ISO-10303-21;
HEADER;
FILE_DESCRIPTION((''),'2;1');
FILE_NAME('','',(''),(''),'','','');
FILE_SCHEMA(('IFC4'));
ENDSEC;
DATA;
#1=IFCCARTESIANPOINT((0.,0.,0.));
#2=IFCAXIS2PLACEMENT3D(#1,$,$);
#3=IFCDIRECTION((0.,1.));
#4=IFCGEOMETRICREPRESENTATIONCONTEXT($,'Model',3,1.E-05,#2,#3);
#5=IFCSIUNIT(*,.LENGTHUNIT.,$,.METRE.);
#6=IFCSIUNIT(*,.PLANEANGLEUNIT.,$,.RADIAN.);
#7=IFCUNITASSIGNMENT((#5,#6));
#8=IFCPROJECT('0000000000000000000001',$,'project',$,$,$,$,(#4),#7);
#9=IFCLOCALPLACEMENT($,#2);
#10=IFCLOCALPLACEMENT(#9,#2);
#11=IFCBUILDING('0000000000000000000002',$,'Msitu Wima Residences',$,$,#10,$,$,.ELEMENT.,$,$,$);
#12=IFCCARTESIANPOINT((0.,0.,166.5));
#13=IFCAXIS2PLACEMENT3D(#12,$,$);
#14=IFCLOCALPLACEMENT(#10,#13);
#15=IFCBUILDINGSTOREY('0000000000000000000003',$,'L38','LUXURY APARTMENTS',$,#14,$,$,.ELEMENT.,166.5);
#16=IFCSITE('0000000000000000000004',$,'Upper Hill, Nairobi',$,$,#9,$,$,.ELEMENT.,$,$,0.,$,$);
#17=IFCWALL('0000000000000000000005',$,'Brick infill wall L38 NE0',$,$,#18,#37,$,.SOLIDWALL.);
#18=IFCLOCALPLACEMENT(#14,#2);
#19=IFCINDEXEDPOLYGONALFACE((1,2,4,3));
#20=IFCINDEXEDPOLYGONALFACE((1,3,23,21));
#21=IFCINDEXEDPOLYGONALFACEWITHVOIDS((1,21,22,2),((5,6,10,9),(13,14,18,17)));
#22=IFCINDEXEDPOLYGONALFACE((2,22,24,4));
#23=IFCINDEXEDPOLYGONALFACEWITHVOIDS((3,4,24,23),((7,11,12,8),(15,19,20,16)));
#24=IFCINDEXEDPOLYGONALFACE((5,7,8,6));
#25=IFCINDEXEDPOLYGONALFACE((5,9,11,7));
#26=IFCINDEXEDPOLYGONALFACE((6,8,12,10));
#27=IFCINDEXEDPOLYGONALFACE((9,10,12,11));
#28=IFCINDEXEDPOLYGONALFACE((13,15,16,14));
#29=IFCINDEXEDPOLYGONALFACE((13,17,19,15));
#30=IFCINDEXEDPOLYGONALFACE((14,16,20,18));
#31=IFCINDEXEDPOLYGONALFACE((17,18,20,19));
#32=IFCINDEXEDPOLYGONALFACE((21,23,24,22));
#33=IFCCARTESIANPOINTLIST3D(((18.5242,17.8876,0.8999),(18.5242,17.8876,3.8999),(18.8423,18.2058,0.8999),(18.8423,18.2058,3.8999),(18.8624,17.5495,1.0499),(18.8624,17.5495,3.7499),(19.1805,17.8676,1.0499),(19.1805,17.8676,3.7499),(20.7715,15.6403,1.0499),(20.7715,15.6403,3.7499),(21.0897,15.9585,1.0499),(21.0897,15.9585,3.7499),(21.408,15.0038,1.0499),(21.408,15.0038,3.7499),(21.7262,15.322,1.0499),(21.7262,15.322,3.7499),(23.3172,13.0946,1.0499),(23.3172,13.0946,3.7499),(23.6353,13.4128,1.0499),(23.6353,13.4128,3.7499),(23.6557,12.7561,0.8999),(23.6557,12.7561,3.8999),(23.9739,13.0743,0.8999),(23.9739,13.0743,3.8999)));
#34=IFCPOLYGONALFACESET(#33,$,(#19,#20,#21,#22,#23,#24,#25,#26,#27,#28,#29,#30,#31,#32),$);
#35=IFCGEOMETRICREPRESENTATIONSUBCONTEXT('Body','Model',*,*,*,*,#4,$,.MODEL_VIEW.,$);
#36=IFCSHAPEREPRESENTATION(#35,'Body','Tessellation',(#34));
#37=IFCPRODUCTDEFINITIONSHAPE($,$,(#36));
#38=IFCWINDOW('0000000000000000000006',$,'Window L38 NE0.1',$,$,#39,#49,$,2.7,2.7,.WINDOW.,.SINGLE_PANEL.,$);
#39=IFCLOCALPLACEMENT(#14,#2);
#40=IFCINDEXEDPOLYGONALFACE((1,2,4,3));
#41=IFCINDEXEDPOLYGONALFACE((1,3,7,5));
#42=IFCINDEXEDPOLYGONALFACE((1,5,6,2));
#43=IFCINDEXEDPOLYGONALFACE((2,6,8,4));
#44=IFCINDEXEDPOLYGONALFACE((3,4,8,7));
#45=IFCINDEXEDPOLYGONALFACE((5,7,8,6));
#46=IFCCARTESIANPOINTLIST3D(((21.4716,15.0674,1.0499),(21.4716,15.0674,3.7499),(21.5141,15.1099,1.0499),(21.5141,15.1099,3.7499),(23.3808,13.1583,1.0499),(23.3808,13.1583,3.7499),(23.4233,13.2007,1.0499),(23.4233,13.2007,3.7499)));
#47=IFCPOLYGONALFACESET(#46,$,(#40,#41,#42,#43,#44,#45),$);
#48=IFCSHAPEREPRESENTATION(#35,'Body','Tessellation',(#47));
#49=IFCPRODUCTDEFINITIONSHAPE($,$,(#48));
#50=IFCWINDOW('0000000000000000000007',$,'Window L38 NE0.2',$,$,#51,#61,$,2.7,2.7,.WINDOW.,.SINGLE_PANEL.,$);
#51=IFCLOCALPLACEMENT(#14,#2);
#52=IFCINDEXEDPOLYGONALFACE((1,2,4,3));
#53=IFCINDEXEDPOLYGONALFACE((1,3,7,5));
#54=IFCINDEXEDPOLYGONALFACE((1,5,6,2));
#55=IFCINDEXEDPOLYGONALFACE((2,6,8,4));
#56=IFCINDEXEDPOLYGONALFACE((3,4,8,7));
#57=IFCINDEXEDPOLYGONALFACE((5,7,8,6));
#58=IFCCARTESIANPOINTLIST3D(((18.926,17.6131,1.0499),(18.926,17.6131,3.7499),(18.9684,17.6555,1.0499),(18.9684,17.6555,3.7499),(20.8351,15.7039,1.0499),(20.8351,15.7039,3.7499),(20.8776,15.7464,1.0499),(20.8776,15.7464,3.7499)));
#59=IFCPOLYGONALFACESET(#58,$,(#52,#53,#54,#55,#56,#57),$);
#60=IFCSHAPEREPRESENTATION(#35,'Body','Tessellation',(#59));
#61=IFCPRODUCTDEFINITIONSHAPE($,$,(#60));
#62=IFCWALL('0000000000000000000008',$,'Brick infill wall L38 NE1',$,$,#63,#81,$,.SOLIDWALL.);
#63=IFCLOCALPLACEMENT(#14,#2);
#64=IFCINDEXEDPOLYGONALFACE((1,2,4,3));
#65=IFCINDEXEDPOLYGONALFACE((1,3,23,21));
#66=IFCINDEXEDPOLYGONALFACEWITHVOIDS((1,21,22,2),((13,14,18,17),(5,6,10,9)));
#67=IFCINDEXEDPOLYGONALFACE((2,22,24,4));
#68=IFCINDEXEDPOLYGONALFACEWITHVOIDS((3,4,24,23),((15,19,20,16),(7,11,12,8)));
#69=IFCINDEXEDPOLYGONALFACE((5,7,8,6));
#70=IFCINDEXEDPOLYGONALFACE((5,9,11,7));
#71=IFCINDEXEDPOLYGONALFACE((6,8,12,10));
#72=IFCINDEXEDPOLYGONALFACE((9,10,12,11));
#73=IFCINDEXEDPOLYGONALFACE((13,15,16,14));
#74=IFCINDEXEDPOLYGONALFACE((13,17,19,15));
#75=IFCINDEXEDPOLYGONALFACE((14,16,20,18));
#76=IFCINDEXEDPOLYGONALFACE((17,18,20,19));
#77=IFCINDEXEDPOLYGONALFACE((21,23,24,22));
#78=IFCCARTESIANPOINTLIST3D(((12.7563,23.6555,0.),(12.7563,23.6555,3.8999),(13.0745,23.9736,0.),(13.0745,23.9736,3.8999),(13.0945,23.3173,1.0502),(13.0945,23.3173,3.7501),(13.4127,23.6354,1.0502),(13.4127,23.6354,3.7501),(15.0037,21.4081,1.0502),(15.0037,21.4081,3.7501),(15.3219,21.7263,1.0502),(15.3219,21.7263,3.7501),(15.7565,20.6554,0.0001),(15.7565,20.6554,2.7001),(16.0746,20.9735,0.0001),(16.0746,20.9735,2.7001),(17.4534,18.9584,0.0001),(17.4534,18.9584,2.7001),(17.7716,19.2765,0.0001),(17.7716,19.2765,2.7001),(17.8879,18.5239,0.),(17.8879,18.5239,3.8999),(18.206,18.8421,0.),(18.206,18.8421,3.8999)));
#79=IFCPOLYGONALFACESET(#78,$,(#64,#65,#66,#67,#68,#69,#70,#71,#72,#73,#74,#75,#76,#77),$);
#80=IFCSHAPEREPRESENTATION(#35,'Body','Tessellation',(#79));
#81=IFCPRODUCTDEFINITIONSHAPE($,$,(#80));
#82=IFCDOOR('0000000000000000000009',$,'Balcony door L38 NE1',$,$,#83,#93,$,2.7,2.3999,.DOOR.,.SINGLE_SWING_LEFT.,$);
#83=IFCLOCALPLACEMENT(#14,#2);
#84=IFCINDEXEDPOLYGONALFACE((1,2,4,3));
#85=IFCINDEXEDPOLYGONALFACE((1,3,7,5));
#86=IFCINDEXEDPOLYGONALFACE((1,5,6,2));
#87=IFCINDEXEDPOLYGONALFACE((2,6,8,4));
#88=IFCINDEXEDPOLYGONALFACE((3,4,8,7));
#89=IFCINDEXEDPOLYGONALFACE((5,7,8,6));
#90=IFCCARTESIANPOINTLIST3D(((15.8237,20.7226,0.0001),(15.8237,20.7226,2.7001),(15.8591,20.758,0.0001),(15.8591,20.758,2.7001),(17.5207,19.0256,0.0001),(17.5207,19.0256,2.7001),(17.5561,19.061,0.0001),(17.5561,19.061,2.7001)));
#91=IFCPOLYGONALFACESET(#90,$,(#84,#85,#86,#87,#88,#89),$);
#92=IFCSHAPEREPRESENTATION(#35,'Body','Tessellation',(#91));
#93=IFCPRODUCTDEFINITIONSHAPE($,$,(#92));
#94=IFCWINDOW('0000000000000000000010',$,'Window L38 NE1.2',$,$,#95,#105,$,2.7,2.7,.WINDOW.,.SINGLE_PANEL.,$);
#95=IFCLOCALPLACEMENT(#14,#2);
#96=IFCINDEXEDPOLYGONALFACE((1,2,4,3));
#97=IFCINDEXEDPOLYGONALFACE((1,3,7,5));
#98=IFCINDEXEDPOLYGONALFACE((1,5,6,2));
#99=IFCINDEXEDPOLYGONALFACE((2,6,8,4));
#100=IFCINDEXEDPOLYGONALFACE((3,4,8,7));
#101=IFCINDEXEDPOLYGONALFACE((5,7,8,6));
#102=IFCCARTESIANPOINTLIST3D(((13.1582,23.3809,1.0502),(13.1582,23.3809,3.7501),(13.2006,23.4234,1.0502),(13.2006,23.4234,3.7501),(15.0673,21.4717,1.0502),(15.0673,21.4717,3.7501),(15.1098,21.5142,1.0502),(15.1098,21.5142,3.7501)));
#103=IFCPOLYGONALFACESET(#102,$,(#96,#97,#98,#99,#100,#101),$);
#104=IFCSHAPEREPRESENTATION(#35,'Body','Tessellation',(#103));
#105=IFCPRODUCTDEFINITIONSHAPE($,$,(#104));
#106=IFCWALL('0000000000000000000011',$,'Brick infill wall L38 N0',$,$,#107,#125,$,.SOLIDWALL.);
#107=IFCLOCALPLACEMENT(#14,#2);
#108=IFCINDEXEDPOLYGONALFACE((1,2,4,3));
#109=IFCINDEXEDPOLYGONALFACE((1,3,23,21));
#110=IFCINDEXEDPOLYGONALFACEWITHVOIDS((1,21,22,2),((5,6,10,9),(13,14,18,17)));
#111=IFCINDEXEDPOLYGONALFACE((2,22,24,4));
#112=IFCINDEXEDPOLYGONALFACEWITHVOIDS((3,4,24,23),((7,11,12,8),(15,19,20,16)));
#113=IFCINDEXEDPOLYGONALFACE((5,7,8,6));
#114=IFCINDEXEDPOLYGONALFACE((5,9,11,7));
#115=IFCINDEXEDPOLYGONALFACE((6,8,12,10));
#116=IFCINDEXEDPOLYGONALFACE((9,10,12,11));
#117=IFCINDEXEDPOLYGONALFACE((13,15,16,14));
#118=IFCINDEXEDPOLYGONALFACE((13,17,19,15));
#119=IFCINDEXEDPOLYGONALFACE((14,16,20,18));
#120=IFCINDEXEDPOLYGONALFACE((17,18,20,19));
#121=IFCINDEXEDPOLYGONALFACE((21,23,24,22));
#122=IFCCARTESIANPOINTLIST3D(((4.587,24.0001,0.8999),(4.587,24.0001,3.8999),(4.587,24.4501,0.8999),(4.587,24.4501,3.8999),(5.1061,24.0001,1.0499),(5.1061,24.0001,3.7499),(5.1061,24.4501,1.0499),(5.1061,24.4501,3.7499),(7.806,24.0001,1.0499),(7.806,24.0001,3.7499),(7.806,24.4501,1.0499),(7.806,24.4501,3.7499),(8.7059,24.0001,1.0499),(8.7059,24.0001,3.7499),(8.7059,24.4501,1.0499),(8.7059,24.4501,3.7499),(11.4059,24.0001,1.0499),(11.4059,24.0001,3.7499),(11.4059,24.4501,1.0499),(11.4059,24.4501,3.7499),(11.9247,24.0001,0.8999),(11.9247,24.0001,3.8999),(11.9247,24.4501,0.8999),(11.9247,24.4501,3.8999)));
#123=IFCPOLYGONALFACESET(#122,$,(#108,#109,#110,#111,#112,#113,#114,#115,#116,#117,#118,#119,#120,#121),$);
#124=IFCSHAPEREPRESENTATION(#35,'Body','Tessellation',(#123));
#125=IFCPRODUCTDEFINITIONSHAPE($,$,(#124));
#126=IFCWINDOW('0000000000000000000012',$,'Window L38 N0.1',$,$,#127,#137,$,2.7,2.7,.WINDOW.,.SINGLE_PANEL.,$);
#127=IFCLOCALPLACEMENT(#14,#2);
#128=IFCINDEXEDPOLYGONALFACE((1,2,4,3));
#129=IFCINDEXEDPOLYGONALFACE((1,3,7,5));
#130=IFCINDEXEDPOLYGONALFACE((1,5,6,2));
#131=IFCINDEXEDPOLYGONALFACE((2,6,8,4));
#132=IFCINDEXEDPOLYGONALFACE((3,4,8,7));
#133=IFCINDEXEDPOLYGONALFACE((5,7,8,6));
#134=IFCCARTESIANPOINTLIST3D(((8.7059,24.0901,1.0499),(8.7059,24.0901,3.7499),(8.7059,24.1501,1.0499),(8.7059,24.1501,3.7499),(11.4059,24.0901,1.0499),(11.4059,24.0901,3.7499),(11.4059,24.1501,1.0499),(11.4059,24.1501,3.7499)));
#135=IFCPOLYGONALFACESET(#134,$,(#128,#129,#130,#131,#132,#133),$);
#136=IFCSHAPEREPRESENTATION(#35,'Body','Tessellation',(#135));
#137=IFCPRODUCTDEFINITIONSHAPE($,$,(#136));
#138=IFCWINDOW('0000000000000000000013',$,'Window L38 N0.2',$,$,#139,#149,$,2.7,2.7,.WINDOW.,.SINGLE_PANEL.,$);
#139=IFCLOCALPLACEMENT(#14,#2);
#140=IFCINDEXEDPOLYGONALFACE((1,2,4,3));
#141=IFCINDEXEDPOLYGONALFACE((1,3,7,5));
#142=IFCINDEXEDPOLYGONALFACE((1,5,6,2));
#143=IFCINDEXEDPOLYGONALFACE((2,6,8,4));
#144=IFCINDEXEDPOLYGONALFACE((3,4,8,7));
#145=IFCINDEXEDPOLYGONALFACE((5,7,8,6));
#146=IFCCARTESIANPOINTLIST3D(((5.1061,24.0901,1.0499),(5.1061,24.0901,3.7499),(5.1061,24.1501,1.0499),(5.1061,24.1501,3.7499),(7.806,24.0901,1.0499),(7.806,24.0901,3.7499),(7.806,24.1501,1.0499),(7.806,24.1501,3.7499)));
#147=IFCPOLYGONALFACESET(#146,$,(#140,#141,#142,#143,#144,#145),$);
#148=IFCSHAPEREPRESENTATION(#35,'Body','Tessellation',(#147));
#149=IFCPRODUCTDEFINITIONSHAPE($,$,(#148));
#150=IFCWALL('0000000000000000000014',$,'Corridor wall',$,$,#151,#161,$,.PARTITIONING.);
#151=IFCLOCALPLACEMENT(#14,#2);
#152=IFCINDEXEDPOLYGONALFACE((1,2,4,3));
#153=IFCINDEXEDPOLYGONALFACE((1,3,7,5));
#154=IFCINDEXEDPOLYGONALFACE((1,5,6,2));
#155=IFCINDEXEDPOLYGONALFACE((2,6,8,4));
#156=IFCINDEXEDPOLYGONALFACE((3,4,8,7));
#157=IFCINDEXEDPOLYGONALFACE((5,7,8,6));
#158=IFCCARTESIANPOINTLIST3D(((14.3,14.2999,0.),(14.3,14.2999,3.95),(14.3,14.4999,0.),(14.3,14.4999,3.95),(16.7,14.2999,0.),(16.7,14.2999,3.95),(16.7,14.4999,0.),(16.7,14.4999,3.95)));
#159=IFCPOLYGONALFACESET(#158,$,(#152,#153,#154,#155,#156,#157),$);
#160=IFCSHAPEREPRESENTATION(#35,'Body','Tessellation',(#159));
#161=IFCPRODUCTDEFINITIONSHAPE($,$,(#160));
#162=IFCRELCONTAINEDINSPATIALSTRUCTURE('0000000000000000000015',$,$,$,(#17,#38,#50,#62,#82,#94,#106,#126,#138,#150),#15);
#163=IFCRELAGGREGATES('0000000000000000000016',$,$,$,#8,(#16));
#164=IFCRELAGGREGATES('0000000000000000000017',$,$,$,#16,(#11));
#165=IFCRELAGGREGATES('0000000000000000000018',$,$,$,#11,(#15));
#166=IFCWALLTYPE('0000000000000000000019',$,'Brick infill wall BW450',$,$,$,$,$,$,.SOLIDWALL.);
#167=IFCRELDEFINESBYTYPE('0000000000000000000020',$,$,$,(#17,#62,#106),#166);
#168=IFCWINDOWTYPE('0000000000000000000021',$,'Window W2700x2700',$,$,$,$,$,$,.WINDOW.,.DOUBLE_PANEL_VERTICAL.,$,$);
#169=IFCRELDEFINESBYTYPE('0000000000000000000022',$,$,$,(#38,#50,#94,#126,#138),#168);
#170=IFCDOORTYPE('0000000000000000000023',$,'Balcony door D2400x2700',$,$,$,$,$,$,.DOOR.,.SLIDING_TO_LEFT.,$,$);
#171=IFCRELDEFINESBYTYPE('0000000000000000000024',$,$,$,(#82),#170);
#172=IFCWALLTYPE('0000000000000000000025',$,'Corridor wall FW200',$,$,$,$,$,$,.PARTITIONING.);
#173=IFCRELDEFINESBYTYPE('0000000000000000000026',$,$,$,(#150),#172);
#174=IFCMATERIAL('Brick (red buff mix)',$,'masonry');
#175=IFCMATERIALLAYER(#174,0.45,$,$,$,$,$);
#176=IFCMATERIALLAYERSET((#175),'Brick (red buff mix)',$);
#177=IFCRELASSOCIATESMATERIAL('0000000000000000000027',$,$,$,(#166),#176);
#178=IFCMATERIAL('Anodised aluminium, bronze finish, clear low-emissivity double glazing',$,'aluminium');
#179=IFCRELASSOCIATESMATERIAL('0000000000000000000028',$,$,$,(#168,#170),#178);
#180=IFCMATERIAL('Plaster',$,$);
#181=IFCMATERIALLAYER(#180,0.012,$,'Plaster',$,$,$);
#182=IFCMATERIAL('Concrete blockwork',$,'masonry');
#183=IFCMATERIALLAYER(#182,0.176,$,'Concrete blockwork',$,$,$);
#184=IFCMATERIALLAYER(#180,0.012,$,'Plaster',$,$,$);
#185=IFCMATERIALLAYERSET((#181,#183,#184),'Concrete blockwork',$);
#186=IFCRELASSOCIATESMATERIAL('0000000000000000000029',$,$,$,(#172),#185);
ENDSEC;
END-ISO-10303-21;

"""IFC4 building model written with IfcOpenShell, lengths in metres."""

from ifc_helpers import new_model, si_unit, direction, frame, frame_2d, origin, place, context, subcontext, project, spatial, rectangle, extrude, material, layer, layer_set, type_object, element, fill, save


model = new_model("IFC4")

# Units and contexts
model_context = context("Model", 3, precision=1e-05, world=origin(), true_north=direction((0.0, 1.0)))
body_context = subcontext(model_context, "Body", "Model", "MODEL_VIEW")
ifc_project = project(units=[si_unit("LENGTHUNIT", "METRE"), si_unit("PLANEANGLEUNIT", "RADIAN")], contexts=[model_context])

# Site, building, storey
site_placement = place(None, origin())
site = spatial("IfcSite", under=ifc_project, at=site_placement, Name="Upper Hill, Nairobi", CompositionType="ELEMENT", RefElevation=0.0)
building_placement = place(site_placement, origin())
building = spatial("IfcBuilding", under=site, at=building_placement, Name="Msitu Wima Residences", CompositionType="ELEMENT")
storey_placement = place(building_placement, frame((0.0, 0.0, 166.5)))
storey = spatial("IfcBuildingStorey", under=building, at=storey_placement, Name="L38", Description="LUXURY APARTMENTS", CompositionType="ELEMENT", Elevation=166.5)

# Wall, openings, windows
ifc_material_1 = material(Name="Brick (red buff mix)", Category="masonry")
ifc_layer_1 = layer(ifc_material_1, 0.45)
ifc_layer_set_1 = layer_set([ifc_layer_1], Name="Brick (red buff mix)")
wall_type_1 = type_object("IfcWallType", Name="Brick infill wall BW450", PredefinedType="SOLIDWALL", material=ifc_layer_set_1)
wall_1_placement = place(storey_placement, frame((23.8147, 12.9153, 0.8999), z_axis=(0.0, 0.0, 1.0), x_axis=(-0.707107, 0.707107, 0.0)))
wall_1 = element("IfcWall", 1, at=wall_1_placement, inside=storey, type_object=wall_type_1, Name="Brick infill wall L38 NE0", PredefinedType="SOLIDWALL", context=body_context, shape_type="SweptSolid", body=[
    extrude(rectangle(XDim=7.2571, YDim=0.45, at=frame_2d((3.6284, 0.0))), origin(), (0.0, 0.0, 1.0), 3.0),
])
opening_1_placement = place(wall_1_placement, frame((0.4785, 0.0, 0.1499)))
opening_1 = element("IfcOpeningElement", 2, at=opening_1_placement, cuts=wall_1, PredefinedType="OPENING", context=body_context, shape_type="SweptSolid", body=[
    extrude(rectangle(XDim=2.7, YDim=2.7, at=frame_2d((1.3501, 1.3501))), frame((0.0, 0.2349, 0.0), z_axis=(0.0, -1.0, 0.0), x_axis=(1.0, 0.0, 0.0)), (0.0, 0.0, 1.0), 0.47),
])
opening_2_placement = place(wall_1_placement, frame((4.0786, 0.0, 0.1499)))
opening_2 = element("IfcOpeningElement", 3, at=opening_2_placement, cuts=wall_1, PredefinedType="OPENING", context=body_context, shape_type="SweptSolid", body=[
    extrude(rectangle(XDim=2.7, YDim=2.7, at=frame_2d((1.3501, 1.3501))), frame((0.0, 0.2349, 0.0), z_axis=(0.0, -1.0, 0.0), x_axis=(1.0, 0.0, 0.0)), (0.0, 0.0, 1.0), 0.47),
])
ifc_material_2 = material(Name="Anodised aluminium, bronze finish, clear low-emissivity double glazing", Category="aluminium")
window_type = type_object("IfcWindowType", Name="Window W2700x2700", PartitioningType="DOUBLE_PANEL_VERTICAL", PredefinedType="WINDOW", material=ifc_material_2)
window_1_placement = place(opening_1_placement, origin())
window_1 = element("IfcWindow", 4, at=window_1_placement, inside=storey, type_object=window_type, Name="Window L38 NE0.1", OverallHeight=2.7, OverallWidth=2.7, PartitioningType="SINGLE_PANEL", PredefinedType="WINDOW", context=body_context, shape_type="SweptSolid", body=[
    extrude(rectangle(XDim=2.7, YDim=2.7, at=frame_2d((1.3501, 1.3501))), frame((0.0, 0.135, 0.0), z_axis=(0.0, -1.0, 0.0), x_axis=(1.0, 0.0, 0.0)), (0.0, 0.0, 1.0), 0.0601),
])
fill(opening_1, window_1)
window_2_placement = place(opening_2_placement, origin())
window_2 = element("IfcWindow", 5, at=window_2_placement, inside=storey, type_object=window_type, Name="Window L38 NE0.2", OverallHeight=2.7, OverallWidth=2.7, PartitioningType="SINGLE_PANEL", PredefinedType="WINDOW", context=body_context, shape_type="SweptSolid", body=[
    extrude(rectangle(XDim=2.7, YDim=2.7, at=frame_2d((1.3501, 1.3501))), frame((0.0, 0.135, 0.0), z_axis=(0.0, -1.0, 0.0), x_axis=(1.0, 0.0, 0.0)), (0.0, 0.0, 1.0), 0.0601),
])
fill(opening_2, window_2)

# Wall, openings, door, window
wall_2_placement = place(storey_placement, frame((18.0469, 18.6831, 0.0), z_axis=(0.0, 0.0, 1.0), x_axis=(-0.707107, 0.707107, 0.0)))
wall_2 = element("IfcWall", 6, at=wall_2_placement, inside=storey, type_object=wall_type_1, Name="Brick infill wall L38 NE1", PredefinedType="SOLIDWALL", context=body_context, shape_type="SweptSolid", body=[
    extrude(rectangle(XDim=7.2571, YDim=0.45, at=frame_2d((3.6284, 0.0))), origin(), (0.0, 0.0, 1.0), 3.8999),
])
opening_3_placement = place(wall_2_placement, frame((0.6143, 0.0, 0.0)))
opening_3 = element("IfcOpeningElement", 7, at=opening_3_placement, cuts=wall_2, PredefinedType="OPENING", context=body_context, shape_type="SweptSolid", body=[
    extrude(rectangle(XDim=2.3999, YDim=2.7, at=frame_2d((1.2, 1.3501))), frame((0.0, 0.2349, 0.0), z_axis=(0.0, -1.0, 0.0), x_axis=(1.0, 0.0, 0.0)), (0.0, 0.0, 1.0), 0.47),
])
opening_4_placement = place(wall_2_placement, frame((4.0786, 0.0, 1.05)))
opening_4 = element("IfcOpeningElement", 8, at=opening_4_placement, cuts=wall_2, PredefinedType="OPENING", context=body_context, shape_type="SweptSolid", body=[
    extrude(rectangle(XDim=2.7, YDim=2.7, at=frame_2d((1.3501, 1.3501))), frame((0.0, 0.2349, 0.0), z_axis=(0.0, -1.0, 0.0), x_axis=(1.0, 0.0, 0.0)), (0.0, 0.0, 1.0), 0.47),
])
door_type_1 = type_object("IfcDoorType", Name="Balcony door D2400x2700", OperationType="SLIDING_TO_LEFT", PredefinedType="DOOR", material=ifc_material_2)
door_1_placement = place(opening_3_placement, origin())
door_1 = element("IfcDoor", 9, at=door_1_placement, inside=storey, type_object=door_type_1, Name="Balcony door L38 NE1", OperationType="SINGLE_SWING_LEFT", OverallHeight=2.7, OverallWidth=2.3999, PredefinedType="DOOR", context=body_context, shape_type="SweptSolid", body=[
    extrude(rectangle(XDim=2.3999, YDim=2.7, at=frame_2d((1.2, 1.3501))), frame((0.0, 0.1299, 0.0), z_axis=(0.0, -1.0, 0.0), x_axis=(1.0, 0.0, 0.0)), (0.0, 0.0, 1.0), 0.05),
])
fill(opening_3, door_1)
window_3_placement = place(opening_4_placement, origin())
window_3 = element("IfcWindow", 10, at=window_3_placement, inside=storey, type_object=window_type, Name="Window L38 NE1.2", OverallHeight=2.7, OverallWidth=2.7, PartitioningType="SINGLE_PANEL", PredefinedType="WINDOW", context=body_context, shape_type="SweptSolid", body=[
    extrude(rectangle(XDim=2.7, YDim=2.7, at=frame_2d((1.3501, 1.3501))), frame((0.0, 0.135, 0.0), z_axis=(0.0, -1.0, 0.0), x_axis=(1.0, 0.0, 0.0)), (0.0, 0.0, 1.0), 0.0601),
])
fill(opening_4, window_3)

# Wall, openings, windows
wall_3_placement = place(storey_placement, frame((11.9248, 24.2251, 0.8999), z_axis=(0.0, 0.0, 1.0), x_axis=(-1.0, 0.0, 0.0)))
wall_3 = element("IfcWall", 11, at=wall_3_placement, inside=storey, type_object=wall_type_1, Name="Brick infill wall L38 N0", PredefinedType="SOLIDWALL", context=body_context, shape_type="SweptSolid", body=[
    extrude(rectangle(XDim=7.3376, YDim=0.45, at=frame_2d((3.6689, 0.0))), origin(), (0.0, 0.0, 1.0), 3.0),
])
opening_5_placement = place(wall_3_placement, frame((0.5188, 0.0, 0.1499)))
opening_5 = element("IfcOpeningElement", 12, at=opening_5_placement, cuts=wall_3, PredefinedType="OPENING", context=body_context, shape_type="SweptSolid", body=[
    extrude(rectangle(XDim=2.7, YDim=2.7, at=frame_2d((1.3501, 1.3501))), frame((0.0, 0.2349, 0.0), z_axis=(0.0, -1.0, 0.0), x_axis=(1.0, 0.0, 0.0)), (0.0, 0.0, 1.0), 0.47),
])
opening_6_placement = place(wall_3_placement, frame((4.1187, 0.0, 0.1499)))
opening_6 = element("IfcOpeningElement", 13, at=opening_6_placement, cuts=wall_3, PredefinedType="OPENING", context=body_context, shape_type="SweptSolid", body=[
    extrude(rectangle(XDim=2.7, YDim=2.7, at=frame_2d((1.3501, 1.3501))), frame((0.0, 0.2349, 0.0), z_axis=(0.0, -1.0, 0.0), x_axis=(1.0, 0.0, 0.0)), (0.0, 0.0, 1.0), 0.47),
])
window_4_placement = place(opening_5_placement, origin())
window_4 = element("IfcWindow", 14, at=window_4_placement, inside=storey, type_object=window_type, Name="Window L38 N0.1", OverallHeight=2.7, OverallWidth=2.7, PartitioningType="SINGLE_PANEL", PredefinedType="WINDOW", context=body_context, shape_type="SweptSolid", body=[
    extrude(rectangle(XDim=2.7, YDim=2.7, at=frame_2d((1.3501, 1.3501))), frame((0.0, 0.135, 0.0), z_axis=(0.0, -1.0, 0.0), x_axis=(1.0, 0.0, 0.0)), (0.0, 0.0, 1.0), 0.0601),
])
fill(opening_5, window_4)
window_5_placement = place(opening_6_placement, origin())
window_5 = element("IfcWindow", 15, at=window_5_placement, inside=storey, type_object=window_type, Name="Window L38 N0.2", OverallHeight=2.7, OverallWidth=2.7, PartitioningType="SINGLE_PANEL", PredefinedType="WINDOW", context=body_context, shape_type="SweptSolid", body=[
    extrude(rectangle(XDim=2.7, YDim=2.7, at=frame_2d((1.3501, 1.3501))), frame((0.0, 0.135, 0.0), z_axis=(0.0, -1.0, 0.0), x_axis=(1.0, 0.0, 0.0)), (0.0, 0.0, 1.0), 0.0601),
])
fill(opening_6, window_5)

# Wall
ifc_material_3 = material(Name="Plaster")
ifc_layer_2 = layer(ifc_material_3, 0.012, Name="Plaster")
ifc_material_4 = material(Name="Concrete blockwork", Category="masonry")
ifc_layer_3 = layer(ifc_material_4, 0.176, Name="Concrete blockwork")
ifc_layer_4 = layer(ifc_material_3, 0.012, Name="Plaster")
ifc_layer_set_2 = layer_set([ifc_layer_2, ifc_layer_3, ifc_layer_4], Name="Concrete blockwork")
wall_type_2 = type_object("IfcWallType", Name="Corridor wall FW200", PredefinedType="PARTITIONING", material=ifc_layer_set_2)
wall_4_placement = place(storey_placement, frame((14.3, 14.3999, 0.0), z_axis=(0.0, 0.0, 1.0), x_axis=(1.0, 0.0, 0.0)))
element("IfcWall", 16, at=wall_4_placement, inside=storey, type_object=wall_type_2, Name="Corridor wall", PredefinedType="PARTITIONING", context=body_context, shape_type="SweptSolid", body=[
    extrude(rectangle(XDim=2.3999, YDim=0.2, at=frame_2d((1.2, 0.0))), origin(), (0.0, 0.0, 1.0), 3.95),
])

save(model, "model.ifc")
